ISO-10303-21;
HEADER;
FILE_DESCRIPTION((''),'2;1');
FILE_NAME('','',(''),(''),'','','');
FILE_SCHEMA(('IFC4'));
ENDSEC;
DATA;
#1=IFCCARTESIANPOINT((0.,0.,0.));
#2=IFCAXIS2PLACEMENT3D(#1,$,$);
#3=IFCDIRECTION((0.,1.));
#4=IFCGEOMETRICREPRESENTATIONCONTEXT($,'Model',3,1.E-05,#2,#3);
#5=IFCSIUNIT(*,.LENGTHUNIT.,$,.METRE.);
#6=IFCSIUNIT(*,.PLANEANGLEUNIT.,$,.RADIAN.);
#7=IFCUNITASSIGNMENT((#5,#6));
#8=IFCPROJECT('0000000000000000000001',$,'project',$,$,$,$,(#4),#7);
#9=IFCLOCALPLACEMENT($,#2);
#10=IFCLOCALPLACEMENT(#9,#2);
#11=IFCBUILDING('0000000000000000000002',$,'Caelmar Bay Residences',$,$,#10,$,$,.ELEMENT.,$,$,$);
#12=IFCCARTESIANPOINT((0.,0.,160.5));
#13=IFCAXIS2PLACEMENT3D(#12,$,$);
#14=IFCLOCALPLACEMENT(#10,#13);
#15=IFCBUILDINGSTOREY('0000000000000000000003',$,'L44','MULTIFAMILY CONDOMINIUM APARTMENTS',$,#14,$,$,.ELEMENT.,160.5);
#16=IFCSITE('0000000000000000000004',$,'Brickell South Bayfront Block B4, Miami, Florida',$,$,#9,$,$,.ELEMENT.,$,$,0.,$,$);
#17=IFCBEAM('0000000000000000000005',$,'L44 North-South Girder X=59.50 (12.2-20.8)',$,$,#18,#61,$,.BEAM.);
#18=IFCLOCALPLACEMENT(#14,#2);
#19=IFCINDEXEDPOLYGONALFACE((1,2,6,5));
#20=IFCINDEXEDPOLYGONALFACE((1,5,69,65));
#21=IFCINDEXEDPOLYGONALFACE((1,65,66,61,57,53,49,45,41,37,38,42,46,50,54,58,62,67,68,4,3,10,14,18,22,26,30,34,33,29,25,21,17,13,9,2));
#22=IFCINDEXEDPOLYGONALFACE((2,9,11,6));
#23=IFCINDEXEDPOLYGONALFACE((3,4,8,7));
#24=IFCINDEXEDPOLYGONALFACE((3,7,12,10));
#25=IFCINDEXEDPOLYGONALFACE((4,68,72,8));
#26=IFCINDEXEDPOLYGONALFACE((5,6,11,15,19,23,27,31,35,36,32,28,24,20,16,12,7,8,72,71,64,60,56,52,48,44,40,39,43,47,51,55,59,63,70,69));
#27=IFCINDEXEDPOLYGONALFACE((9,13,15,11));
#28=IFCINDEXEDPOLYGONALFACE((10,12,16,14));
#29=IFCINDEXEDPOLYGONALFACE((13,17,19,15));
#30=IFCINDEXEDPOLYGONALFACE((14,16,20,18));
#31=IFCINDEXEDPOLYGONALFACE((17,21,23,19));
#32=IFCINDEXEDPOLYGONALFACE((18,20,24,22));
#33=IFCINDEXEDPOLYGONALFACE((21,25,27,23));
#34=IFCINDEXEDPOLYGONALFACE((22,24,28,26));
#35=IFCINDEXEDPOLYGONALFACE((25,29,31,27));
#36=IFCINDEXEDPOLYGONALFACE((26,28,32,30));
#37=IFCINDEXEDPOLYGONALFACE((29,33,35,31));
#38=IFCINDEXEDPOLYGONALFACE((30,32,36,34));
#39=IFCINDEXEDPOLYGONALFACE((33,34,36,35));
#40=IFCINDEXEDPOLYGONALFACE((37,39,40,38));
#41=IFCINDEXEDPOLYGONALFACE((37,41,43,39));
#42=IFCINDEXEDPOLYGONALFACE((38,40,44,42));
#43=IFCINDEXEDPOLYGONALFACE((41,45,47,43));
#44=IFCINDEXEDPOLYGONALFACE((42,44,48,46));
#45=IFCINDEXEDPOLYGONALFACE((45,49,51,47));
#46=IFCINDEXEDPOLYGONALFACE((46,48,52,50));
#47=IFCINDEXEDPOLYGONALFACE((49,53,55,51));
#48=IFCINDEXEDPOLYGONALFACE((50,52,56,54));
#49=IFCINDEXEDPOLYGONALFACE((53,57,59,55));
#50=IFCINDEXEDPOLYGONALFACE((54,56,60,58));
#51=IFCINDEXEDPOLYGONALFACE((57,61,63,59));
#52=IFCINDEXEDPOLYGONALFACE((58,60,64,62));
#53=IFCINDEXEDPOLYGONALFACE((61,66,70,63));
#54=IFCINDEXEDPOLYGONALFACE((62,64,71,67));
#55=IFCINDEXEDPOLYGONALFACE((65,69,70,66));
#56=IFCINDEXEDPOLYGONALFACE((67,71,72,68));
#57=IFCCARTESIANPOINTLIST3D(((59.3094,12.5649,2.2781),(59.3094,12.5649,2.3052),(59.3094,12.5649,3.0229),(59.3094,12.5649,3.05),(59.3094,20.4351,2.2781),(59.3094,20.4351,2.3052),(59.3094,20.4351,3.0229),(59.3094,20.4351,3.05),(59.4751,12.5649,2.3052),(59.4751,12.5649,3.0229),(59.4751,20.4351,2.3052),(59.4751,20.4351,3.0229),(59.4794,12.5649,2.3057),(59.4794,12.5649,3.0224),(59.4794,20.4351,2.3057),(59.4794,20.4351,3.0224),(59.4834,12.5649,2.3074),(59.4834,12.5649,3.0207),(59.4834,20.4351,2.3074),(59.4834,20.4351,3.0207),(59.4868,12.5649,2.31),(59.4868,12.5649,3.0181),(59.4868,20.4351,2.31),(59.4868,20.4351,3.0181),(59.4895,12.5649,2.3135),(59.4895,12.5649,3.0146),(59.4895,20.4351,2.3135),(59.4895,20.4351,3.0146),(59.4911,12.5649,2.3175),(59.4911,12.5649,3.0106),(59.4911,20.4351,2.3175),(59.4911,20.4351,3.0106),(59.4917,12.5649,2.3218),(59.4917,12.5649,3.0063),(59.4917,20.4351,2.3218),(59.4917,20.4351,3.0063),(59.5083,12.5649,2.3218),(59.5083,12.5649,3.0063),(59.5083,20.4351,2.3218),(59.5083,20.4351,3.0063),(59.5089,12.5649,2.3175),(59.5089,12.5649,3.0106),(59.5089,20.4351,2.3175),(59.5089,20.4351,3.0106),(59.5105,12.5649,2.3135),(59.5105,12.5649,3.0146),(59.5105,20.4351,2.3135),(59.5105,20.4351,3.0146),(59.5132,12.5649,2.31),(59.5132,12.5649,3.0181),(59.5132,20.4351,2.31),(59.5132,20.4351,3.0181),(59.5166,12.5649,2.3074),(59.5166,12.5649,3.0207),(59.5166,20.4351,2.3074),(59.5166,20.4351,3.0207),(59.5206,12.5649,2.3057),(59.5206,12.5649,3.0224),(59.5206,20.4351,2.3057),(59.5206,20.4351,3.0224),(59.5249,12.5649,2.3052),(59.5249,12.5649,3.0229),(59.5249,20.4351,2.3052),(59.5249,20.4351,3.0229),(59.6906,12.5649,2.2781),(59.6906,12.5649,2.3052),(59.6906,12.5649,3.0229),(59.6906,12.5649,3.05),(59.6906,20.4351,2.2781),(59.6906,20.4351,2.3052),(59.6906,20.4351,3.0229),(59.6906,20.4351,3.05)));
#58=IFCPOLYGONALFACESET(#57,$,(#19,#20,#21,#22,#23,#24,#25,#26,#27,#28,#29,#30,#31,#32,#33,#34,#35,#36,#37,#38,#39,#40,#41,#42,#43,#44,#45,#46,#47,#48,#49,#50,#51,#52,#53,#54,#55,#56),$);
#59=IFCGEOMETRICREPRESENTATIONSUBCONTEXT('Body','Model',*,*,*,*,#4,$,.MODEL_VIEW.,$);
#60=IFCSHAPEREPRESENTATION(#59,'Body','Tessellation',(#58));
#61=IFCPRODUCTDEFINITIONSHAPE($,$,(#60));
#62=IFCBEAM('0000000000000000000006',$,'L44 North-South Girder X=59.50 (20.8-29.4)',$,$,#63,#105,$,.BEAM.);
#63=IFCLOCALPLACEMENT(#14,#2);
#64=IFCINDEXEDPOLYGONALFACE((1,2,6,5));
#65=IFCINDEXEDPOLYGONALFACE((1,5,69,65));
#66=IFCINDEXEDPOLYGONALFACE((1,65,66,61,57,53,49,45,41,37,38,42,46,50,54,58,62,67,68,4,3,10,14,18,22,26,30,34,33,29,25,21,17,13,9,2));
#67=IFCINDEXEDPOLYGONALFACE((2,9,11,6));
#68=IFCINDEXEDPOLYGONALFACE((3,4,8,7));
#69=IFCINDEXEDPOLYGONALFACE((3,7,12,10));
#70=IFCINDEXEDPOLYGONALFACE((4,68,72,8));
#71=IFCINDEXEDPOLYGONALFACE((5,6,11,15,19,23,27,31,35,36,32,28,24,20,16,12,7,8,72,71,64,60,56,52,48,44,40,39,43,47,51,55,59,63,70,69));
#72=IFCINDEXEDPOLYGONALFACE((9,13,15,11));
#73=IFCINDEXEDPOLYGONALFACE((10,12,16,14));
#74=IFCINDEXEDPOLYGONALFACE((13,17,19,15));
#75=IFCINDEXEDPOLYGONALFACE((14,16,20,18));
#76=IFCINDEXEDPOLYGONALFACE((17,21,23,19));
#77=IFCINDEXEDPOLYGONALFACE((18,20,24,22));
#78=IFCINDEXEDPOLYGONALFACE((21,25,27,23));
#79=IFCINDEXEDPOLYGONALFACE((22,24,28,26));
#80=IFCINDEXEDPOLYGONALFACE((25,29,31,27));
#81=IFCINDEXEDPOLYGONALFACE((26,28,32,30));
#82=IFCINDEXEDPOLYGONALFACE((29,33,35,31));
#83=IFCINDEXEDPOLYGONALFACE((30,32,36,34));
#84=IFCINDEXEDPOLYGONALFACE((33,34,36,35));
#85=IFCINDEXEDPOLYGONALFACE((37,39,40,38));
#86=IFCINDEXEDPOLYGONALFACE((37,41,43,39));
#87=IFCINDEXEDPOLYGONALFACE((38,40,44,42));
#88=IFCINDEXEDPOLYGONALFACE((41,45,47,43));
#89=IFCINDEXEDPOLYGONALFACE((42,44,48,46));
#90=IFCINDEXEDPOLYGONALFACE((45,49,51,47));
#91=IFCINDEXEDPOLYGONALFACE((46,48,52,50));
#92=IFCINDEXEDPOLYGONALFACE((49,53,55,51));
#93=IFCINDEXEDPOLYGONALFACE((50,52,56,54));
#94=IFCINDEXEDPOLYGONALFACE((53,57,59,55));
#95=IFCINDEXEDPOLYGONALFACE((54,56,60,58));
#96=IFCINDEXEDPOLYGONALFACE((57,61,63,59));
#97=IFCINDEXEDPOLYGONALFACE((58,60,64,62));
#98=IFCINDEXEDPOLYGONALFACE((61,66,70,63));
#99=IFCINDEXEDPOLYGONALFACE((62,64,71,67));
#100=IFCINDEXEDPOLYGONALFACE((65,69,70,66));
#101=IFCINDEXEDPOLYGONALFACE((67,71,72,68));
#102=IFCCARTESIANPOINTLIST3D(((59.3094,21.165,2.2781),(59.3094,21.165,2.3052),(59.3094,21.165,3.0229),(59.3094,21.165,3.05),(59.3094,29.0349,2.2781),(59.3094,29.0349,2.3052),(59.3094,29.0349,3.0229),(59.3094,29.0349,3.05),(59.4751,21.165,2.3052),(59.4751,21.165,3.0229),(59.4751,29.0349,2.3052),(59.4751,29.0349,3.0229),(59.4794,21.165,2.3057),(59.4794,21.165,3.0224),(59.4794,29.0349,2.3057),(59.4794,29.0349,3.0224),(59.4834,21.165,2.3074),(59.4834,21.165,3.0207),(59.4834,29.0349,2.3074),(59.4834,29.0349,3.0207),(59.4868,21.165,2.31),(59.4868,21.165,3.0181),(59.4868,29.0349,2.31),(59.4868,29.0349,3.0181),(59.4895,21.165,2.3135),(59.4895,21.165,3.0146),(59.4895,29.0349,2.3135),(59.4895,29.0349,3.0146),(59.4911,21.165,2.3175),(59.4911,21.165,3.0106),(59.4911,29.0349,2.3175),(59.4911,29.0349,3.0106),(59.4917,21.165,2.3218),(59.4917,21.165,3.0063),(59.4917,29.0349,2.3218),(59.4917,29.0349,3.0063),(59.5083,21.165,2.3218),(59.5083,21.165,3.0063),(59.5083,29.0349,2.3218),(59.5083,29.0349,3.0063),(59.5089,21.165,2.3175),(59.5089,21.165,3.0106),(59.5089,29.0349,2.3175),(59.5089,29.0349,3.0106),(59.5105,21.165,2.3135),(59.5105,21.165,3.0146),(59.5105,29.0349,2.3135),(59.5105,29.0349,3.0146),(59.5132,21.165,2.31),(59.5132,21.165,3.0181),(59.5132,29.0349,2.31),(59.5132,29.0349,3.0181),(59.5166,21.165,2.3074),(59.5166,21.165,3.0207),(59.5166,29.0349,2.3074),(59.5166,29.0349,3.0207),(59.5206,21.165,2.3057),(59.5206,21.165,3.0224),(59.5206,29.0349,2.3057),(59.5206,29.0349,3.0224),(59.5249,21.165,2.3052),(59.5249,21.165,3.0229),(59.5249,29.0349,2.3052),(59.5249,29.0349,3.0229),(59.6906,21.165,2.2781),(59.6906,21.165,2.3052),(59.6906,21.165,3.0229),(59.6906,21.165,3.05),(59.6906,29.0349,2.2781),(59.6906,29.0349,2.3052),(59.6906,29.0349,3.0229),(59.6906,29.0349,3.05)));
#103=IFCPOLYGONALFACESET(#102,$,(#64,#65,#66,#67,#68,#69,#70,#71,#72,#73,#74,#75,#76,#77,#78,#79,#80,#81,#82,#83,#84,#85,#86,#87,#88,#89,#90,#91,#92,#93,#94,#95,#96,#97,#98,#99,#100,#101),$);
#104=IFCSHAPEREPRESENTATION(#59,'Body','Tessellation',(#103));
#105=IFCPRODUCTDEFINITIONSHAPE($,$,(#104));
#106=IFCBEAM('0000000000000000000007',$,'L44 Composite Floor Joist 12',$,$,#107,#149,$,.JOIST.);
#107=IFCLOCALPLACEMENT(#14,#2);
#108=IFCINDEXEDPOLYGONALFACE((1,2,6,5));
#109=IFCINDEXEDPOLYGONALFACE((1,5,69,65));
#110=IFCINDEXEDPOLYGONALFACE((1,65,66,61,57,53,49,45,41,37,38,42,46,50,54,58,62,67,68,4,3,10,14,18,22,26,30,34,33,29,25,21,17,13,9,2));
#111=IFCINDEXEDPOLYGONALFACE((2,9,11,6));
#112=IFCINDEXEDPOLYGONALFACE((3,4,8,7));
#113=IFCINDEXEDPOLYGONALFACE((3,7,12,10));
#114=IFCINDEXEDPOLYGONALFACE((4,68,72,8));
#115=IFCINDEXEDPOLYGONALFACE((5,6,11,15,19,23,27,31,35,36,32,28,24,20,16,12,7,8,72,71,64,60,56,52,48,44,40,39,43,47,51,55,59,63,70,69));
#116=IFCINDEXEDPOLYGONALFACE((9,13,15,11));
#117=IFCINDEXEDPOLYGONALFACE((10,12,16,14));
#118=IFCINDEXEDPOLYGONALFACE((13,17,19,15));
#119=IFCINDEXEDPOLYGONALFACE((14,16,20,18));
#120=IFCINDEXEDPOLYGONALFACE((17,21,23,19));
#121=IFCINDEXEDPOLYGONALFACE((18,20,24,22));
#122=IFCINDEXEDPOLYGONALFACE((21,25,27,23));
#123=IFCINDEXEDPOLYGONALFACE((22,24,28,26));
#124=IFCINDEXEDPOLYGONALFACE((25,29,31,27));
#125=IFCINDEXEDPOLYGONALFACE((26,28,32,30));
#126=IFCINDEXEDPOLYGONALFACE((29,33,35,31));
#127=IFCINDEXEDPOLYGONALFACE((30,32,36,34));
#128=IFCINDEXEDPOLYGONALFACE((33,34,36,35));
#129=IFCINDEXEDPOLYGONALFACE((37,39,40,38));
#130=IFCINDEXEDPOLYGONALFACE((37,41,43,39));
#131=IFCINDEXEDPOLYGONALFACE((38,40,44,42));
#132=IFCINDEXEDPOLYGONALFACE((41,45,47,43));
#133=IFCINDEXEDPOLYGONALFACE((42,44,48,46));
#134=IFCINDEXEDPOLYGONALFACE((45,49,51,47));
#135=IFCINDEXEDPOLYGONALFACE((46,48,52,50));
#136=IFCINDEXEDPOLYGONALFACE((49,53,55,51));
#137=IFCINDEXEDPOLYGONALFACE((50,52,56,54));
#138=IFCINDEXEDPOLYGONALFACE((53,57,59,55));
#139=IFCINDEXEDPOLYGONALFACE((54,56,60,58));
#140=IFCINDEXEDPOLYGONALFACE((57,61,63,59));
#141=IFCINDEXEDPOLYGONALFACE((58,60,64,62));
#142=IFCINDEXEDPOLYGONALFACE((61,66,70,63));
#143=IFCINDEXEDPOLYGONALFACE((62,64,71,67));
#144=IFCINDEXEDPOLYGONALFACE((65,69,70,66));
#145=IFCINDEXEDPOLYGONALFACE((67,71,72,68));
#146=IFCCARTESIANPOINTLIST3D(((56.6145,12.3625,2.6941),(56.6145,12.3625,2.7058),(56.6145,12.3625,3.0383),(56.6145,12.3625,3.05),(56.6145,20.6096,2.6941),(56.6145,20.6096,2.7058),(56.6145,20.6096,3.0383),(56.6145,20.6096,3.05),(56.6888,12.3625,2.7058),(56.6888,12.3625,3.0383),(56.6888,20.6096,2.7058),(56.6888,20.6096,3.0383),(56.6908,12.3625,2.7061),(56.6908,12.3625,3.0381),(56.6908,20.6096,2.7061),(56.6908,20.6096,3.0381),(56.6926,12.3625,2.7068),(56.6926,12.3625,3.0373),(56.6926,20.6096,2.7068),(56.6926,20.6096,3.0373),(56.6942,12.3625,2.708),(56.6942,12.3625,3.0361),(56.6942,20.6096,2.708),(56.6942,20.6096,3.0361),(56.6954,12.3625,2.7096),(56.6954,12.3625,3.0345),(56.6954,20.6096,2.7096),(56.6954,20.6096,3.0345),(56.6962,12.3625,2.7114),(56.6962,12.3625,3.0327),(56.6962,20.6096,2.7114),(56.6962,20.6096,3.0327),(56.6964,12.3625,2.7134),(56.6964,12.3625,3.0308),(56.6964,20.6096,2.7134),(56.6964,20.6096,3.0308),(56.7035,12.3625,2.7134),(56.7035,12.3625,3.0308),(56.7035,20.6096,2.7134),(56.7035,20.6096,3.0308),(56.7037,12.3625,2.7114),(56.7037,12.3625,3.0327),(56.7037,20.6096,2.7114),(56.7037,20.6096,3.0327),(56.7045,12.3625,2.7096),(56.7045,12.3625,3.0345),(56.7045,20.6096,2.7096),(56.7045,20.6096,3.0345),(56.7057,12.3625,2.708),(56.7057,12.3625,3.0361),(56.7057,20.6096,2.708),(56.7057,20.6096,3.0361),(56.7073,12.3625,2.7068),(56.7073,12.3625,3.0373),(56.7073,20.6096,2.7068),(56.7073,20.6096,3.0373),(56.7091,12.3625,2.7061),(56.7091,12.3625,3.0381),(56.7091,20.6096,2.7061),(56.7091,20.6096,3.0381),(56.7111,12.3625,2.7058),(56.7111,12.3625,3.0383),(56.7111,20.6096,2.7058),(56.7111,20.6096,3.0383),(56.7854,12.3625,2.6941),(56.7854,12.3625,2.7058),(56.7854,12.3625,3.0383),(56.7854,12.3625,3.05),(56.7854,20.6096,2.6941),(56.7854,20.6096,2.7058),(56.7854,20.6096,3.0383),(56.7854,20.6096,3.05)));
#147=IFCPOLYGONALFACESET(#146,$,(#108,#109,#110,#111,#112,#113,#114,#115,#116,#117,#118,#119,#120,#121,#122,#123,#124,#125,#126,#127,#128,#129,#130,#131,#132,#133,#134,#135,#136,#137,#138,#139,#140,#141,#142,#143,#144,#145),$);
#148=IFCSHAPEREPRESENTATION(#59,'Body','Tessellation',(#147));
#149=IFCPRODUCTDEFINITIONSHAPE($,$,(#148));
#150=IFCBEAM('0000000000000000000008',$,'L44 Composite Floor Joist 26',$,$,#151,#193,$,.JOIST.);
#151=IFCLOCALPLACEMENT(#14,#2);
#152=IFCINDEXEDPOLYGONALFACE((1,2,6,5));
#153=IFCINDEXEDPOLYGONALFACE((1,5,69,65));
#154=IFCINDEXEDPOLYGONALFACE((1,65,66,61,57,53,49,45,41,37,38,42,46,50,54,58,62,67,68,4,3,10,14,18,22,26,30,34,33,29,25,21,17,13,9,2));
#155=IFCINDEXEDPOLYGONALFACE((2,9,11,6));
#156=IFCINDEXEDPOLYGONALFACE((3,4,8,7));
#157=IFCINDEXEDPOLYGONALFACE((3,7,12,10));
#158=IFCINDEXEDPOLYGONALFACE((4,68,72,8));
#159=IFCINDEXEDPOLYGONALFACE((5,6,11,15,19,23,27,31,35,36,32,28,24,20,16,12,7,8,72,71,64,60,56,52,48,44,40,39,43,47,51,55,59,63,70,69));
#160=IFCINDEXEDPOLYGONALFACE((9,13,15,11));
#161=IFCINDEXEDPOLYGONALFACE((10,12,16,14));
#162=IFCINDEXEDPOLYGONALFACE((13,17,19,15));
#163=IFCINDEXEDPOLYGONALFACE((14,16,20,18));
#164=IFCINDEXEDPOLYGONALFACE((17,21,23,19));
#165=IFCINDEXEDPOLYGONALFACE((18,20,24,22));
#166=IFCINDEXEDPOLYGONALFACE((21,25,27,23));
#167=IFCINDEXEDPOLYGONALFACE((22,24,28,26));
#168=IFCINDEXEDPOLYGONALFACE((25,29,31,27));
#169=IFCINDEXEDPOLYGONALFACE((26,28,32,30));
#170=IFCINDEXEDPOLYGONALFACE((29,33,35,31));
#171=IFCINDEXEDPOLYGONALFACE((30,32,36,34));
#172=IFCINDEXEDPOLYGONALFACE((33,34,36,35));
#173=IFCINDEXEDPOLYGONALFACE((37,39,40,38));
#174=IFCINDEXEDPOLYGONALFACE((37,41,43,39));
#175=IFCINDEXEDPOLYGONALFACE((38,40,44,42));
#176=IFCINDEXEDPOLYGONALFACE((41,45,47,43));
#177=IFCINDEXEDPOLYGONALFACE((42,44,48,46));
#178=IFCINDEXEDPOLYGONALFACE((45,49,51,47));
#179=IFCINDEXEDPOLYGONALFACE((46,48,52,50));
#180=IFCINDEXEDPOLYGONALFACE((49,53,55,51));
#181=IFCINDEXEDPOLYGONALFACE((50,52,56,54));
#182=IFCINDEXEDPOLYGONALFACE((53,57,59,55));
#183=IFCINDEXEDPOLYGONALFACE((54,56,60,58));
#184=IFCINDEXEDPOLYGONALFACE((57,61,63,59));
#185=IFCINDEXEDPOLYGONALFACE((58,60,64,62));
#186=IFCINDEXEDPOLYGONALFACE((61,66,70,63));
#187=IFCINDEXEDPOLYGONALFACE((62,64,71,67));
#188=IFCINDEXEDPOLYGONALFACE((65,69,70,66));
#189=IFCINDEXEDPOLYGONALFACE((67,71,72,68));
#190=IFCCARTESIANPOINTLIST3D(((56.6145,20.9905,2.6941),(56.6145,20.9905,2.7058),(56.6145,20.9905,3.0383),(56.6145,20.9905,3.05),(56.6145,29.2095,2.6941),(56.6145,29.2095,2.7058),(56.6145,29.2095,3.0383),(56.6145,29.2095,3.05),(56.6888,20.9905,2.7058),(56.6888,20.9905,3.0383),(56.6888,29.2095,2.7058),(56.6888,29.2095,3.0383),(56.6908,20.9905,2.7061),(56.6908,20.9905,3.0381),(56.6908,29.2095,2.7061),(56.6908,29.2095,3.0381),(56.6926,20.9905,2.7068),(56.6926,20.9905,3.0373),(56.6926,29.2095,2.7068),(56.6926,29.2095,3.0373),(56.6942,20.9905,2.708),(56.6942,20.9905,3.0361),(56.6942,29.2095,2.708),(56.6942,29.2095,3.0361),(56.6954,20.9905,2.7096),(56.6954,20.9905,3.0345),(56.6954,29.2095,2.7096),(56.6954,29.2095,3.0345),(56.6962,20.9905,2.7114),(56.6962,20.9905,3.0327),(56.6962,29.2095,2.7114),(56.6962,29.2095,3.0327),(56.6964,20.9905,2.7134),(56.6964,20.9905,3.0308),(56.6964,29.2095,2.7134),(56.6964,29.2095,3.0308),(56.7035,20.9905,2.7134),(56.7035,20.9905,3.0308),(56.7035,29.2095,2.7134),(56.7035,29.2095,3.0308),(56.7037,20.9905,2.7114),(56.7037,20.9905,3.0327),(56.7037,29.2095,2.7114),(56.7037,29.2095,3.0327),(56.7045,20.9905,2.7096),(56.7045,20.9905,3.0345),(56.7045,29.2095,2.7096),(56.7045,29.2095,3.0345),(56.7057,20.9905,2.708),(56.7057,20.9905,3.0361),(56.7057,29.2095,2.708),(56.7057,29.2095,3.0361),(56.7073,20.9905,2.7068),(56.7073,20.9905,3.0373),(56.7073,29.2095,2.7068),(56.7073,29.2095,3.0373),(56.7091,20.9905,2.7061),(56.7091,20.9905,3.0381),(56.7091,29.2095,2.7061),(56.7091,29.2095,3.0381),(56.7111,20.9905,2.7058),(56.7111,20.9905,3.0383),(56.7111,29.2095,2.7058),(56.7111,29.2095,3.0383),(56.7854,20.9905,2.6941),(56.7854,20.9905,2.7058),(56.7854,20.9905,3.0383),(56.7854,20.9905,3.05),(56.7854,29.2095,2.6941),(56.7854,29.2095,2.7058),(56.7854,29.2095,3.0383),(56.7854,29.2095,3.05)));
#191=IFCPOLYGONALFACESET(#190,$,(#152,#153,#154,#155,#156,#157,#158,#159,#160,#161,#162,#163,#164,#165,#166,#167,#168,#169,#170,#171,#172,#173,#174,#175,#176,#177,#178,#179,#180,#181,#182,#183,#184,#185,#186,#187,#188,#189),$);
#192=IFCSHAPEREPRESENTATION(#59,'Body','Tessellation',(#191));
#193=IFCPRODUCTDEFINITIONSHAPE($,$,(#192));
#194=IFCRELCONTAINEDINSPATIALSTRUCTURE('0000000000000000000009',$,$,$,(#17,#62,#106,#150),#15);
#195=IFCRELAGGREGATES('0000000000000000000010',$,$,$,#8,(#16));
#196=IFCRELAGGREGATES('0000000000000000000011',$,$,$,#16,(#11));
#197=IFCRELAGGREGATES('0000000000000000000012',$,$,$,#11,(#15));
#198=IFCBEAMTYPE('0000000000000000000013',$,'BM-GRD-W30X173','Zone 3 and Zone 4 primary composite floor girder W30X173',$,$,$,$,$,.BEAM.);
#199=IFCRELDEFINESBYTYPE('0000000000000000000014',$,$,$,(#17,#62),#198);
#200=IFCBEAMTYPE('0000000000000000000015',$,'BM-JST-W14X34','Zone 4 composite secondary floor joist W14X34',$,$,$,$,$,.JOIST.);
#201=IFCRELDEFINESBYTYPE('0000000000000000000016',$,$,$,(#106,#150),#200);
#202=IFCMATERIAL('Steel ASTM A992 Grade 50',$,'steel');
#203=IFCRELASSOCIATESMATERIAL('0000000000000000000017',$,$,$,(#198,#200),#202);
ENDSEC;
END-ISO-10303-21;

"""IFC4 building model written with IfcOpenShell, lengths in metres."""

from ifc_helpers import new_model, si_unit, direction, frame, origin, origin_2d, place, context, subcontext, project, spatial, i_section, extrude, material, material_profile, profile_set, type_object, element, save


model = new_model("IFC4")

# Units and contexts
model_context = context("Model", 3, precision=1e-05, world=origin(), true_north=direction((0.0, 1.0)))
body_context = subcontext(model_context, "Body", "Model", "MODEL_VIEW")
ifc_project = project(units=[si_unit("LENGTHUNIT", "METRE"), si_unit("PLANEANGLEUNIT", "RADIAN")], contexts=[model_context])

# Site, building, storey
site_placement = place(None, origin())
site = spatial("IfcSite", under=ifc_project, at=site_placement, Name="Brickell South Bayfront Block B4, Miami, Florida", CompositionType="ELEMENT", RefElevation=0.0)
building_placement = place(site_placement, origin())
building = spatial("IfcBuilding", under=site, at=building_placement, Name="Caelmar Bay Residences", CompositionType="ELEMENT")
storey_placement = place(building_placement, frame((0.0, 0.0, 160.5)))
storey = spatial("IfcBuildingStorey", under=building, at=storey_placement, Name="L44", Description="MULTIFAMILY CONDOMINIUM APARTMENTS", CompositionType="ELEMENT", Elevation=160.5)

# Beams
ifc_material_1 = material(Name="Steel ASTM A992 Grade 50", Category="steel")
ifc_material_profile_1 = material_profile(ifc_material_1, i_section(OverallWidth=0.3811, OverallDepth=0.772, WebThickness=0.0166, FlangeThickness=0.0271, FilletRadius=0.0166, at=origin_2d()), Name="W30X173")
ifc_profile_set_1 = profile_set([ifc_material_profile_1], Name="Steel ASTM A992 Grade 50")
beam_type_1 = type_object("IfcBeamType", Name="BM-GRD-W30X173", Description="Zone 3 and Zone 4 primary composite floor girder W30X173", PredefinedType="BEAM", material=ifc_profile_set_1)
for number, where, z_axis, x_axis, name in (
    (1, (59.5, 12.5649, 2.6641), (0.0, 1.0, 0.0), (-1.0, 0.0, 0.0), "L44 North-South Girder X=59.50 (12.2-20.8)"),
):
    element("IfcBeam", number, at=place(storey_placement, frame(where, z_axis=z_axis, x_axis=x_axis)), inside=storey, type_object=beam_type_1, Name=name, PredefinedType="BEAM", context=body_context, shape_type="SweptSolid", body=[
        extrude(i_section(OverallWidth=0.3811, OverallDepth=0.772, WebThickness=0.0166, FlangeThickness=0.0271, FilletRadius=0.0166, at=origin_2d()), origin(), (0.0, 0.0, 1.0), 7.8701),
    ])
beam_1_placement = place(storey_placement, frame((59.5, 21.165, 2.6641), z_axis=(0.0, 1.0, 0.0), x_axis=(-1.0, 0.0, 0.0)))
element("IfcBeam", 2, at=beam_1_placement, inside=storey, type_object=beam_type_1, Name="L44 North-South Girder X=59.50 (20.8-29.4)", PredefinedType="BEAM", context=body_context, shape_type="SweptSolid", body=[
    extrude(i_section(OverallWidth=0.3811, OverallDepth=0.772, WebThickness=0.0166, FlangeThickness=0.0271, FilletRadius=0.0166, at=origin_2d()), origin(), (0.0, 0.0, 1.0), 7.8699),
])
ifc_material_profile_2 = material_profile(ifc_material_1, i_section(OverallWidth=0.1709, OverallDepth=0.356, WebThickness=0.0071, FlangeThickness=0.0117, FilletRadius=0.0076, at=origin_2d()), Name="W14X34")
ifc_profile_set_2 = profile_set([ifc_material_profile_2], Name="Steel ASTM A992 Grade 50")
beam_type_2 = type_object("IfcBeamType", Name="BM-JST-W14X34", Description="Zone 4 composite secondary floor joist W14X34", PredefinedType="JOIST", material=ifc_profile_set_2)
beam_2_placement = place(storey_placement, frame((56.7, 12.3625, 2.8721), z_axis=(0.0, 1.0, 0.0), x_axis=(-1.0, 0.0, 0.0)))
element("IfcBeam", 3, at=beam_2_placement, inside=storey, type_object=beam_type_2, Name="L44 Composite Floor Joist 12", PredefinedType="JOIST", context=body_context, shape_type="SweptSolid", body=[
    extrude(i_section(OverallWidth=0.1709, OverallDepth=0.356, WebThickness=0.0071, FlangeThickness=0.0117, FilletRadius=0.0076, at=origin_2d()), origin(), (0.0, 0.0, 1.0), 8.2471),
])
beam_3_placement = place(storey_placement, frame((56.7, 20.9905, 2.8721), z_axis=(0.0, 1.0, 0.0), x_axis=(-1.0, 0.0, 0.0)))
element("IfcBeam", 4, at=beam_3_placement, inside=storey, type_object=beam_type_2, Name="L44 Composite Floor Joist 26", PredefinedType="JOIST", context=body_context, shape_type="SweptSolid", body=[
    extrude(i_section(OverallWidth=0.1709, OverallDepth=0.356, WebThickness=0.0071, FlangeThickness=0.0117, FilletRadius=0.0076, at=origin_2d()), origin(), (0.0, 0.0, 1.0), 8.219),
])

save(model, "model.ifc")
